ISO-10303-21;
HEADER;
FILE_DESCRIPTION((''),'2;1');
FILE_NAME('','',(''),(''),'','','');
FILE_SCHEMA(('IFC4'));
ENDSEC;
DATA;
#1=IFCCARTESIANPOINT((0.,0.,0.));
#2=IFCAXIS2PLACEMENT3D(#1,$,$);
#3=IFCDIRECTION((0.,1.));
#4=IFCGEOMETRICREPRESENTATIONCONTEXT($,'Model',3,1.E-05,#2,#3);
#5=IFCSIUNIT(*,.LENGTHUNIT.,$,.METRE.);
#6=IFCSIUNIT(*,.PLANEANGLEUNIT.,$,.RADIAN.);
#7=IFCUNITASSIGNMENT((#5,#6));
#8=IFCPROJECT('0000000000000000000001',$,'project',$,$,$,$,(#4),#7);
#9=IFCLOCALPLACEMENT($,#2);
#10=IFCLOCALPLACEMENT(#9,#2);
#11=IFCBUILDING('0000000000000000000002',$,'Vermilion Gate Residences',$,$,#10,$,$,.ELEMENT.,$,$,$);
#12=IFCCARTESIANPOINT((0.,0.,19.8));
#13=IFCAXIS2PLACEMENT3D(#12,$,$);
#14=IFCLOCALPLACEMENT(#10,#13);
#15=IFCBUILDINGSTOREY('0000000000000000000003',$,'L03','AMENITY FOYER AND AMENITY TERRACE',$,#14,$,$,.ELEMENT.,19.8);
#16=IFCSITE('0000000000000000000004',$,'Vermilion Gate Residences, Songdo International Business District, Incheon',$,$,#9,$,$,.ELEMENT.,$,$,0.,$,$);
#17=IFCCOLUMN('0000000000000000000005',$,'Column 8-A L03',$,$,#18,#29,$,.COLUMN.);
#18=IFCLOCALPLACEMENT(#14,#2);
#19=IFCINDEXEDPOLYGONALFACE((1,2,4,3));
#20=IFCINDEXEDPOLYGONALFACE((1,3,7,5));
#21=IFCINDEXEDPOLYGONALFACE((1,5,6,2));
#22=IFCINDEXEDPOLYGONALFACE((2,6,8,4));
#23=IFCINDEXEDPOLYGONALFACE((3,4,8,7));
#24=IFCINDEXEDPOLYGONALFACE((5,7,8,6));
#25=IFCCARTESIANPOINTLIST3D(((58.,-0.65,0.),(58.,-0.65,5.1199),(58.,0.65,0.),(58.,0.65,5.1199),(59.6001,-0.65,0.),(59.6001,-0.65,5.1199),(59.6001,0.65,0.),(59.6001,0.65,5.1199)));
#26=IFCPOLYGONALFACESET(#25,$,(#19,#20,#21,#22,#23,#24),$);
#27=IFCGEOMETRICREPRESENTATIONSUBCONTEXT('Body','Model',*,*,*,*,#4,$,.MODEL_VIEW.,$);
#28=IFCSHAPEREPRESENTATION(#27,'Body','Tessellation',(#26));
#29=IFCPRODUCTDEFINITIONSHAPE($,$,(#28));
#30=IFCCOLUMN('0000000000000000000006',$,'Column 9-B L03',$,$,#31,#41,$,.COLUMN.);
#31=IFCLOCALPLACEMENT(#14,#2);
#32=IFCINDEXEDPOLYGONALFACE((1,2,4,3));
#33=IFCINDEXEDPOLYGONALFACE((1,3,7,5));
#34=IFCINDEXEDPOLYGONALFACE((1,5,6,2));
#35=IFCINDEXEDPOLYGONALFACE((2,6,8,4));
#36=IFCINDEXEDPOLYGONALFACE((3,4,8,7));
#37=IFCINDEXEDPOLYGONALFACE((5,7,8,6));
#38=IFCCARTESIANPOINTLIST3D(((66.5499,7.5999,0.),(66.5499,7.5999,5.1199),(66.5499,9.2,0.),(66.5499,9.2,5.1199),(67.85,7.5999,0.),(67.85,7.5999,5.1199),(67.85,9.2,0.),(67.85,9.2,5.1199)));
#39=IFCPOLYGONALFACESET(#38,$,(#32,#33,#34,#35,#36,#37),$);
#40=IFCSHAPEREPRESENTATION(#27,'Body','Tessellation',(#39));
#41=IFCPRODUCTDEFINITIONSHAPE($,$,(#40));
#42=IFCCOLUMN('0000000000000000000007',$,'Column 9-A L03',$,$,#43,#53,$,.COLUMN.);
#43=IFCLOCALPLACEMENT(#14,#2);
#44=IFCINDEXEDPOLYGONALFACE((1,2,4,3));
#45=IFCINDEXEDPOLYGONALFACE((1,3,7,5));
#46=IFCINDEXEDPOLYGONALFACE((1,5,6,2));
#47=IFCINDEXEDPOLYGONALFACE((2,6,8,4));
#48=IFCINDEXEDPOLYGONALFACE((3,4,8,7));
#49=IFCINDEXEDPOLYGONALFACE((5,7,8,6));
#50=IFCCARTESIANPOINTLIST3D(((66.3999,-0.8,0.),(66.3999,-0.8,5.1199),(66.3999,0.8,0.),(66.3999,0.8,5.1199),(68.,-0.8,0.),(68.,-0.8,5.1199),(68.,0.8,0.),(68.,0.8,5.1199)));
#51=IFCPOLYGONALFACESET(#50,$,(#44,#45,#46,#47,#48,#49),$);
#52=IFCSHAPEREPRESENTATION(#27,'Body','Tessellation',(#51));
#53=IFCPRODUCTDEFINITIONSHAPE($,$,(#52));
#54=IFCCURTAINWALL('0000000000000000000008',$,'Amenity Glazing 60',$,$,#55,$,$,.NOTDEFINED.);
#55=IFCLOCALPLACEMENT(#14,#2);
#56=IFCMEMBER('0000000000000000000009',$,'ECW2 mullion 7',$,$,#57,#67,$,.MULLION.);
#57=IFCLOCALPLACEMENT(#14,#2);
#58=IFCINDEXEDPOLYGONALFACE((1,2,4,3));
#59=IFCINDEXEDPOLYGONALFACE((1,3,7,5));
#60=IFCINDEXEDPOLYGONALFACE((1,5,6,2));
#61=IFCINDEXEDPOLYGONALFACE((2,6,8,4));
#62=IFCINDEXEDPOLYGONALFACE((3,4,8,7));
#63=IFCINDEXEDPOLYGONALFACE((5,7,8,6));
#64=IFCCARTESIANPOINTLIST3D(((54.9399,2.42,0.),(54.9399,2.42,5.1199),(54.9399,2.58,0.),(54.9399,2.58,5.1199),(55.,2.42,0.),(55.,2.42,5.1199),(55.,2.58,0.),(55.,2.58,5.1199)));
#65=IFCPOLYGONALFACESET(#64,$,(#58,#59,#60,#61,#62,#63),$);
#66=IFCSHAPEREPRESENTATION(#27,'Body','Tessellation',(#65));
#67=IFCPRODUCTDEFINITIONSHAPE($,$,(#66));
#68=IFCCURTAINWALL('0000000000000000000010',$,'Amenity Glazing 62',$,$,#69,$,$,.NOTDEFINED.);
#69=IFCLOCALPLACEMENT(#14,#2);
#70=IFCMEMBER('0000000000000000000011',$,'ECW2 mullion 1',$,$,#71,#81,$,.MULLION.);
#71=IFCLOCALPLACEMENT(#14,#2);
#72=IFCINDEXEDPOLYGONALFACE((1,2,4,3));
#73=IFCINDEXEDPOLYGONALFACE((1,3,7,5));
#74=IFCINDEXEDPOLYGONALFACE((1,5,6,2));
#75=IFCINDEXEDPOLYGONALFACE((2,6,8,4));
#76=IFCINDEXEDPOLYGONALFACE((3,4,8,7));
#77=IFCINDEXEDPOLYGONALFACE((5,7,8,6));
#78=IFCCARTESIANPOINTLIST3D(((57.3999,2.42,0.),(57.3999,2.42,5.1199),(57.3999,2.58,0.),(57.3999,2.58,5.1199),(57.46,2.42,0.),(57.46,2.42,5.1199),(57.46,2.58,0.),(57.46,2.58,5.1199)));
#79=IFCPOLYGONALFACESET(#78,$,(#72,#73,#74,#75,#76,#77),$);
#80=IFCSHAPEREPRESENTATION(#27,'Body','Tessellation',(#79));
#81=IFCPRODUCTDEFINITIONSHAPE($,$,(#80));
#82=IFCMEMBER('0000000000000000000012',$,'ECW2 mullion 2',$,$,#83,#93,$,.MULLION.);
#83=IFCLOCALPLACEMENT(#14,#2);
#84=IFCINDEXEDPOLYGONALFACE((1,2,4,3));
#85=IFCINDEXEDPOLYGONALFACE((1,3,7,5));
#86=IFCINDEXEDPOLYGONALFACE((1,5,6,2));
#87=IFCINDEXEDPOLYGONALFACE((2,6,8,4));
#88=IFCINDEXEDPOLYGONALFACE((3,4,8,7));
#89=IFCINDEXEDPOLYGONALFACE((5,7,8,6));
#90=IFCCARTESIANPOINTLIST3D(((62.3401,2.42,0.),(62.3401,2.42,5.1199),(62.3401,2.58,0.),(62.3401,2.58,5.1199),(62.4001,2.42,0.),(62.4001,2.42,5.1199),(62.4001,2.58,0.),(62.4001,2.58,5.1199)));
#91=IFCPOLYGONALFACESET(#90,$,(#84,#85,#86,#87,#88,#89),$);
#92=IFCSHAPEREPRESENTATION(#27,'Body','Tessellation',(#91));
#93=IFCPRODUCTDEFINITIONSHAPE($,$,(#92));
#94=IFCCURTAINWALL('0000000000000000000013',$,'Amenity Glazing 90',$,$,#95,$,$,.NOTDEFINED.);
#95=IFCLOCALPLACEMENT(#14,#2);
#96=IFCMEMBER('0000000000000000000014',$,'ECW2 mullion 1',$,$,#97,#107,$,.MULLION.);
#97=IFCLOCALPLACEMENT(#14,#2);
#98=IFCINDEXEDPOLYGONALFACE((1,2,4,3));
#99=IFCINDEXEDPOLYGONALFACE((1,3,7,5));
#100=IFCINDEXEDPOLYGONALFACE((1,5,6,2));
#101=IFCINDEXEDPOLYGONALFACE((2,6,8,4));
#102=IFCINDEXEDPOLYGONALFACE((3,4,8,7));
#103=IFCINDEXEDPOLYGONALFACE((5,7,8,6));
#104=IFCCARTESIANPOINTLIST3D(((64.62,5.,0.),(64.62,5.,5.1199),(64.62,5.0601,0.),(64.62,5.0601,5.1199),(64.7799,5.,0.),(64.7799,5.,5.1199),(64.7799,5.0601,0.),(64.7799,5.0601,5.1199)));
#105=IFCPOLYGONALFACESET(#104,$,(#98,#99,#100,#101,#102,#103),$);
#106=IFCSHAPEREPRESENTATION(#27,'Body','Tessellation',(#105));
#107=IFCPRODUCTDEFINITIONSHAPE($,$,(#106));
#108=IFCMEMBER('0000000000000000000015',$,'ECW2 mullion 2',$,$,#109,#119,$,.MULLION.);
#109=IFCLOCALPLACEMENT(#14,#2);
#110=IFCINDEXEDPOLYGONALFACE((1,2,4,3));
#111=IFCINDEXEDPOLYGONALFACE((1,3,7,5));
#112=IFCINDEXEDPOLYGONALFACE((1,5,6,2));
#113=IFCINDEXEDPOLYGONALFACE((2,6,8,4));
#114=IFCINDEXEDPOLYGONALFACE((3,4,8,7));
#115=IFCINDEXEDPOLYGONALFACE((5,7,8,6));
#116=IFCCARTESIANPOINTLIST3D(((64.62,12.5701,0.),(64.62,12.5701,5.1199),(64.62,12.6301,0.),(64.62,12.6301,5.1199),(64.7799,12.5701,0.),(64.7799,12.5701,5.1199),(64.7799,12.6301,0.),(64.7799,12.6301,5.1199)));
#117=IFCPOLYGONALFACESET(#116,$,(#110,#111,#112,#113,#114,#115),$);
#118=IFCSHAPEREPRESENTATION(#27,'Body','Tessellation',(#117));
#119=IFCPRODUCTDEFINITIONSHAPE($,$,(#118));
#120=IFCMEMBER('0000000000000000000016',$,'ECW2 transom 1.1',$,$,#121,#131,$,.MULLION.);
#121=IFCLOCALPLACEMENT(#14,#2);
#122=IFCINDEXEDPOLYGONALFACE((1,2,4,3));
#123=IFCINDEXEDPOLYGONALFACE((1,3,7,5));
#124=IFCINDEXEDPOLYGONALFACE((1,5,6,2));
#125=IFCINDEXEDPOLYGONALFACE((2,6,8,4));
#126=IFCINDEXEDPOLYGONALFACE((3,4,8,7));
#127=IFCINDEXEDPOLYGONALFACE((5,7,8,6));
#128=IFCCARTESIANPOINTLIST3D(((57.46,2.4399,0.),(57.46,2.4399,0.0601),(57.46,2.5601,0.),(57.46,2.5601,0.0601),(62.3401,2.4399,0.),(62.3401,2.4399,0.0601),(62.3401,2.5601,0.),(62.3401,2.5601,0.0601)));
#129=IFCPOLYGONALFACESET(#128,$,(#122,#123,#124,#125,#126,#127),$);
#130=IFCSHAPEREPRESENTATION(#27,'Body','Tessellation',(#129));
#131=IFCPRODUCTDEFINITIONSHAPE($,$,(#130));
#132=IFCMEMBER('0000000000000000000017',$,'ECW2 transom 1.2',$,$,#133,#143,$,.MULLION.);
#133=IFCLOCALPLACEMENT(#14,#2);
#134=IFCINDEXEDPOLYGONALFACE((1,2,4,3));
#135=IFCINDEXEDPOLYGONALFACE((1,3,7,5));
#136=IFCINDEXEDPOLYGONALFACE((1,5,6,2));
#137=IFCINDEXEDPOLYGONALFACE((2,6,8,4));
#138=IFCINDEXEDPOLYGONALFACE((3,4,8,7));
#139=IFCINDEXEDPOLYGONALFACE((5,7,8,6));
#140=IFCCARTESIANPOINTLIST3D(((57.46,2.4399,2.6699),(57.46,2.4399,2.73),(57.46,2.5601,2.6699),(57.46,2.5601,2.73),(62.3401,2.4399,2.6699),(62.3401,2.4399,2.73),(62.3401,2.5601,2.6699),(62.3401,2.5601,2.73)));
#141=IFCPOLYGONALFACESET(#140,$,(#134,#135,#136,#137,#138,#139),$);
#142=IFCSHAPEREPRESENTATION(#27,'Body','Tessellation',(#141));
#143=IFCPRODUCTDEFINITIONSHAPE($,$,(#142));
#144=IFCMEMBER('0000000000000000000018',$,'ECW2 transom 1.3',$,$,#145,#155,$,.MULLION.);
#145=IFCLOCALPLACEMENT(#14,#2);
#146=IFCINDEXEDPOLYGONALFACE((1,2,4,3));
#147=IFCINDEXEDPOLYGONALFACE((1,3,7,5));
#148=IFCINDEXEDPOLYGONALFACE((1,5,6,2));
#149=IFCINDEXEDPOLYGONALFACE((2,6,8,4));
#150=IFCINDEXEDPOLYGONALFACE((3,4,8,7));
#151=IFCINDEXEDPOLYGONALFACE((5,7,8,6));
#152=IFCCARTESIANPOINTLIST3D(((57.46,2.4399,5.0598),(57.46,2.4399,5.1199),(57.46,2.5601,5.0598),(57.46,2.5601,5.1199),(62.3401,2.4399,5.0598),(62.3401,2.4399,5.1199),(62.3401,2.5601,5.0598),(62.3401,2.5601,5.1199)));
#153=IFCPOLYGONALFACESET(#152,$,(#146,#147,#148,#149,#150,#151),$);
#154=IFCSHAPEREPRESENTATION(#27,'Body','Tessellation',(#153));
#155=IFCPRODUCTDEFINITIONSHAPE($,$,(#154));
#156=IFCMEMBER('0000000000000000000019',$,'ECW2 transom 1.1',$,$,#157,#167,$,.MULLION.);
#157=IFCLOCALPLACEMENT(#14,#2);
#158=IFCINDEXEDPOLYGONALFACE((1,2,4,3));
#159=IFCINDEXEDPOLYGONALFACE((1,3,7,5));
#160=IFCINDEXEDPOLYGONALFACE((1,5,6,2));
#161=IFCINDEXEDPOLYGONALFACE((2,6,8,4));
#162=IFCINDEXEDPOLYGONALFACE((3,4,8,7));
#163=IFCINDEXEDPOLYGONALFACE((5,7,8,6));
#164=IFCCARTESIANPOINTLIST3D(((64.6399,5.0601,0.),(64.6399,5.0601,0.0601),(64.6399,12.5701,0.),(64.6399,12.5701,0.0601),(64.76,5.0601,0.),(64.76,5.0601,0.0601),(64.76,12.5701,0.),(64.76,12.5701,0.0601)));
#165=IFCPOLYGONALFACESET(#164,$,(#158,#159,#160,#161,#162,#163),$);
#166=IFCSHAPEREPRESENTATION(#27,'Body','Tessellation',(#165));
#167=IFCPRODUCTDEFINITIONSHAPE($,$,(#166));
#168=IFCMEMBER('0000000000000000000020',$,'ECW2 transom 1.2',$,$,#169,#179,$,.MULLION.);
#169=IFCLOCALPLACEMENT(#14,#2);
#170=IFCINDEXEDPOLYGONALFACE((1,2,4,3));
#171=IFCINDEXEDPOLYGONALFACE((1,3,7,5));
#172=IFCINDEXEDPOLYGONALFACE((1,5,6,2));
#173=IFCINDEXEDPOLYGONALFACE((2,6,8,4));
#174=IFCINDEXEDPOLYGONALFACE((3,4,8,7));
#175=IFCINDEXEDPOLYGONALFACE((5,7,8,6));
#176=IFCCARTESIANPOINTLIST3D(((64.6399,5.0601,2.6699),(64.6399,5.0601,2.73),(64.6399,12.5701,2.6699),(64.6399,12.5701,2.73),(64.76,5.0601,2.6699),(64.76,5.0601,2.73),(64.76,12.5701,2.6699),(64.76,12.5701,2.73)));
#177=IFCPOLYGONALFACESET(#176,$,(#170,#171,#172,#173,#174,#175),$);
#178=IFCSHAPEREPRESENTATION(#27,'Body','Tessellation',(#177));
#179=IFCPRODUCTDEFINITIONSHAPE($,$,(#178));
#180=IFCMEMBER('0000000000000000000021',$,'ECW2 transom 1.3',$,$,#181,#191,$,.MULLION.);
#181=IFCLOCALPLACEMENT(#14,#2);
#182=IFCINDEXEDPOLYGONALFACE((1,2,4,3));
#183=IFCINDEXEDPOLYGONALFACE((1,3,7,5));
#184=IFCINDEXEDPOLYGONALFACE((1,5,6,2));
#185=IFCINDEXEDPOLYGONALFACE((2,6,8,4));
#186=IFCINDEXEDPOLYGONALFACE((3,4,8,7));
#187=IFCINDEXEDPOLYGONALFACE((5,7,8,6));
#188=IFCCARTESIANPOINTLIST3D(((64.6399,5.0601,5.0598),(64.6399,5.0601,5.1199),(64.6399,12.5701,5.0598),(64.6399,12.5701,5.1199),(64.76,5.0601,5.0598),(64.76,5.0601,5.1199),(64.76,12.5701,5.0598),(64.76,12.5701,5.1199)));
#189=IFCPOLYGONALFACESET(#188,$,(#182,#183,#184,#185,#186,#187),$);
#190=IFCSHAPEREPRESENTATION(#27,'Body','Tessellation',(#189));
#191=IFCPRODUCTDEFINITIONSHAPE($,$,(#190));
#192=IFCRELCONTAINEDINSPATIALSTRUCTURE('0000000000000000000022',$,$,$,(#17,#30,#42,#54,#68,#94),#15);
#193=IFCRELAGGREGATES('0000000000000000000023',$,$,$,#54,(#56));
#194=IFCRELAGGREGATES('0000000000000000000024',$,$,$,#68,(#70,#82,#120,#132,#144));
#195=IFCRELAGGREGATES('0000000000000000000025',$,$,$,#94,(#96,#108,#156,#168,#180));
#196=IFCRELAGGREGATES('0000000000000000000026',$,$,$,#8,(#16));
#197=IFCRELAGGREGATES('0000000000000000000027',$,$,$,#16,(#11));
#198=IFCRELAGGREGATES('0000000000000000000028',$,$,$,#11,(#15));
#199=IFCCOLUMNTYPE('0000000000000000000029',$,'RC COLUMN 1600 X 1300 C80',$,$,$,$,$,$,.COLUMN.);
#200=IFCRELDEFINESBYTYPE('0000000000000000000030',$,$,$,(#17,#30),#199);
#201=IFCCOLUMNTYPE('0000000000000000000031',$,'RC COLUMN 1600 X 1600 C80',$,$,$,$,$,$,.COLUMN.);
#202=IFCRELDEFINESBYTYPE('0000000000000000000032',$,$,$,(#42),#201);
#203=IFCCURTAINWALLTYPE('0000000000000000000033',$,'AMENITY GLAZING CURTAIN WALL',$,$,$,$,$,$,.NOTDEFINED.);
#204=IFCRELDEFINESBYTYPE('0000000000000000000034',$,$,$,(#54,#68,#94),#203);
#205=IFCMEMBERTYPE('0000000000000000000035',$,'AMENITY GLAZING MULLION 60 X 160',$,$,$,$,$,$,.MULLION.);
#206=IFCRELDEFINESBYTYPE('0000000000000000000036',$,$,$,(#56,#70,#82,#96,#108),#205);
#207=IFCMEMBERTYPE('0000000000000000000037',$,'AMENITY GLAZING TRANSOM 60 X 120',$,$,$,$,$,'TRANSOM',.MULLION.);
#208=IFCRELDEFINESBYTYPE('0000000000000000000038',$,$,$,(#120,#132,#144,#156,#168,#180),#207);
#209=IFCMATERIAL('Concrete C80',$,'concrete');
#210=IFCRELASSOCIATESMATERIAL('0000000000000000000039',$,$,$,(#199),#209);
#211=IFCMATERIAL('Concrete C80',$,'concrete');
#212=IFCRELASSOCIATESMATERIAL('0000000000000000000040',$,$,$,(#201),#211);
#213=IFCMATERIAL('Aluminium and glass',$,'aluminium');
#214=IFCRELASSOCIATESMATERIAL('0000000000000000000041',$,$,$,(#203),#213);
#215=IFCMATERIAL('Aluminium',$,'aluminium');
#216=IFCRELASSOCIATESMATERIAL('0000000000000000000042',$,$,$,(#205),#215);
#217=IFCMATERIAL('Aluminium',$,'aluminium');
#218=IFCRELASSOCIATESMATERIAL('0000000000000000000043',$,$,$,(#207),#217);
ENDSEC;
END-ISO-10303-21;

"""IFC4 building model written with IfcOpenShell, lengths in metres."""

from ifc_helpers import new_model, si_unit, direction, frame, origin, origin_2d, place, context, subcontext, project, spatial, rectangle, extrude, material, material_profile, profile_set, type_object, element, aggregate, save


model = new_model("IFC4")

# Units and contexts
model_context = context("Model", 3, precision=1e-05, world=origin(), true_north=direction((0.0, 1.0)))
body_context = subcontext(model_context, "Body", "Model", "MODEL_VIEW")
ifc_project = project(units=[si_unit("LENGTHUNIT", "METRE"), si_unit("PLANEANGLEUNIT", "RADIAN")], contexts=[model_context])

# Site, building, storey
site_placement = place(None, origin())
site = spatial("IfcSite", under=ifc_project, at=site_placement, Name="Vermilion Gate Residences, Songdo International Business District, Incheon", CompositionType="ELEMENT", RefElevation=0.0)
building_placement = place(site_placement, origin())
building = spatial("IfcBuilding", under=site, at=building_placement, Name="Vermilion Gate Residences", CompositionType="ELEMENT")
storey_placement = place(building_placement, frame((0.0, 0.0, 19.8)))
storey = spatial("IfcBuildingStorey", under=building, at=storey_placement, Name="L03", Description="AMENITY FOYER AND AMENITY TERRACE", CompositionType="ELEMENT", Elevation=19.8)

# Columns
ifc_material_1 = material(Name="Concrete C80", Category="concrete")
ifc_material_profile_1 = material_profile(ifc_material_1, rectangle(XDim=1.6001, YDim=1.3, at=origin_2d()), Name="RC-1600x1300")
ifc_profile_set_1 = profile_set([ifc_material_profile_1], Name="Concrete C80")
column_type_1 = type_object("IfcColumnType", Name="RC COLUMN 1600 X 1300 C80", PredefinedType="COLUMN", material=ifc_profile_set_1)
for number, where, z_axis, x_axis, name in (
    (1, (58.8, 0.0, 0.0), (0.0, 0.0, 1.0), (1.0, 0.0, 0.0), "Column 8-A L03"),
    (2, (67.2, 8.3999, 0.0), (0.0, 0.0, 1.0), (0.0, 1.0, 0.0), "Column 9-B L03"),
):
    element("IfcColumn", number, at=place(storey_placement, frame(where, z_axis=z_axis, x_axis=x_axis)), inside=storey, type_object=column_type_1, Name=name, PredefinedType="COLUMN", context=body_context, shape_type="SweptSolid", body=[
        extrude(rectangle(XDim=1.6001, YDim=1.3, at=origin_2d()), origin(), (0.0, 0.0, 1.0), 5.1199),
    ])
ifc_material_2 = material(Name="Concrete C80", Category="concrete")
ifc_material_profile_2 = material_profile(ifc_material_2, rectangle(XDim=1.6001, YDim=1.6001, at=origin_2d()), Name="RC-1600x1600")
ifc_profile_set_2 = profile_set([ifc_material_profile_2], Name="Concrete C80")
column_type_2 = type_object("IfcColumnType", Name="RC COLUMN 1600 X 1600 C80", PredefinedType="COLUMN", material=ifc_profile_set_2)
column_placement = place(storey_placement, frame((67.2, 0.0, 0.0), z_axis=(0.0, 0.0, 1.0), x_axis=(1.0, 0.0, 0.0)))
element("IfcColumn", 3, at=column_placement, inside=storey, type_object=column_type_2, Name="Column 9-A L03", PredefinedType="COLUMN", context=body_context, shape_type="SweptSolid", body=[
    extrude(rectangle(XDim=1.6001, YDim=1.6001, at=origin_2d()), origin(), (0.0, 0.0, 1.0), 5.1199),
])

# Curtain wall, member
ifc_material_3 = material(Name="Aluminium and glass", Category="aluminium")
curtain_wall_type = type_object("IfcCurtainWallType", Name="AMENITY GLAZING CURTAIN WALL", PredefinedType="NOTDEFINED", material=ifc_material_3)
curtain_wall_1_placement = place(storey_placement, origin())
curtain_wall_1 = element("IfcCurtainWall", 4, at=curtain_wall_1_placement, inside=storey, type_object=curtain_wall_type, Name="Amenity Glazing 60", PredefinedType="NOTDEFINED")
ifc_material_4 = material(Name="Aluminium", Category="aluminium")
ifc_material_profile_3 = material_profile(ifc_material_4, rectangle(XDim=0.1599, YDim=0.0601, at=origin_2d()), Name="MULLION 60 X 160")
ifc_profile_set_3 = profile_set([ifc_material_profile_3], Name="Aluminium")
member_type_1 = type_object("IfcMemberType", Name="AMENITY GLAZING MULLION 60 X 160", PredefinedType="MULLION", material=ifc_profile_set_3)
member_1_placement = place(storey_placement, frame((54.97, 2.5, 0.0), z_axis=(0.0, 0.0, 1.0), x_axis=(0.0, 1.0, 0.0)))
member_1 = element("IfcMember", 5, at=member_1_placement, type_object=member_type_1, Name="ECW2 mullion 7", PredefinedType="MULLION", context=body_context, shape_type="SweptSolid", body=[
    extrude(rectangle(XDim=0.1599, YDim=0.0601, at=origin_2d()), origin(), (0.0, 0.0, 1.0), 5.1199),
])

# Curtain walls, members
curtain_wall_2_placement = place(storey_placement, origin())
curtain_wall_2 = element("IfcCurtainWall", 6, at=curtain_wall_2_placement, inside=storey, type_object=curtain_wall_type, Name="Amenity Glazing 62", PredefinedType="NOTDEFINED")
member_2_placement = place(storey_placement, frame((57.4299, 2.5, 0.0), z_axis=(0.0, 0.0, 1.0), x_axis=(0.0, 1.0, 0.0)))
member_2 = element("IfcMember", 7, at=member_2_placement, type_object=member_type_1, Name="ECW2 mullion 1", PredefinedType="MULLION", context=body_context, shape_type="SweptSolid", body=[
    extrude(rectangle(XDim=0.1599, YDim=0.0601, at=origin_2d()), origin(), (0.0, 0.0, 1.0), 5.1199),
])
member_3_placement = place(storey_placement, frame((62.3701, 2.5, 0.0), z_axis=(0.0, 0.0, 1.0), x_axis=(0.0, 1.0, 0.0)))
member_3 = element("IfcMember", 8, at=member_3_placement, type_object=member_type_1, Name="ECW2 mullion 2", PredefinedType="MULLION", context=body_context, shape_type="SweptSolid", body=[
    extrude(rectangle(XDim=0.1599, YDim=0.0601, at=origin_2d()), origin(), (0.0, 0.0, 1.0), 5.1199),
])
curtain_wall_3_placement = place(storey_placement, origin())
curtain_wall_3 = element("IfcCurtainWall", 9, at=curtain_wall_3_placement, inside=storey, type_object=curtain_wall_type, Name="Amenity Glazing 90", PredefinedType="NOTDEFINED")
member_4_placement = place(storey_placement, frame((64.7, 5.03, 0.0), z_axis=(0.0, 0.0, 1.0), x_axis=(-1.0, 0.0, 0.0)))
member_4 = element("IfcMember", 10, at=member_4_placement, type_object=member_type_1, Name="ECW2 mullion 1", PredefinedType="MULLION", context=body_context, shape_type="SweptSolid", body=[
    extrude(rectangle(XDim=0.1599, YDim=0.0601, at=origin_2d()), origin(), (0.0, 0.0, 1.0), 5.1199),
])
member_5_placement = place(storey_placement, frame((64.7, 12.6001, 0.0), z_axis=(0.0, 0.0, 1.0), x_axis=(-1.0, 0.0, 0.0)))
member_5 = element("IfcMember", 11, at=member_5_placement, type_object=member_type_1, Name="ECW2 mullion 2", PredefinedType="MULLION", context=body_context, shape_type="SweptSolid", body=[
    extrude(rectangle(XDim=0.1599, YDim=0.0601, at=origin_2d()), origin(), (0.0, 0.0, 1.0), 5.1199),
])

# Members
ifc_material_5 = material(Name="Aluminium", Category="aluminium")
ifc_material_profile_4 = material_profile(ifc_material_5, rectangle(XDim=0.1201, YDim=0.0601, at=origin_2d()), Name="TRANSOM 60 X 120")
ifc_profile_set_4 = profile_set([ifc_material_profile_4], Name="Aluminium")
member_type_2 = type_object("IfcMemberType", Name="AMENITY GLAZING TRANSOM 60 X 120", ElementType="TRANSOM", PredefinedType="MULLION", material=ifc_profile_set_4)
member_6_placement = place(storey_placement, frame((57.46, 2.5, 0.03), z_axis=(1.0, 0.0, 0.0), x_axis=(0.0, 1.0, 0.0)))
member_6 = element("IfcMember", 12, at=member_6_placement, type_object=member_type_2, Name="ECW2 transom 1.1", PredefinedType="MULLION", context=body_context, shape_type="SweptSolid", body=[
    extrude(rectangle(XDim=0.1201, YDim=0.0601, at=origin_2d()), origin(), (0.0, 0.0, 1.0), 4.8801),
])
member_7_placement = place(storey_placement, frame((57.46, 2.5, 2.7), z_axis=(1.0, 0.0, 0.0), x_axis=(0.0, 1.0, 0.0)))
member_7 = element("IfcMember", 13, at=member_7_placement, type_object=member_type_2, Name="ECW2 transom 1.2", PredefinedType="MULLION", context=body_context, shape_type="SweptSolid", body=[
    extrude(rectangle(XDim=0.1201, YDim=0.0601, at=origin_2d()), origin(), (0.0, 0.0, 1.0), 4.8801),
])
member_8_placement = place(storey_placement, frame((57.46, 2.5, 5.0898), z_axis=(1.0, 0.0, 0.0), x_axis=(0.0, 1.0, 0.0)))
member_8 = element("IfcMember", 14, at=member_8_placement, type_object=member_type_2, Name="ECW2 transom 1.3", PredefinedType="MULLION", context=body_context, shape_type="SweptSolid", body=[
    extrude(rectangle(XDim=0.1201, YDim=0.0601, at=origin_2d()), origin(), (0.0, 0.0, 1.0), 4.8801),
])
member_9_placement = place(storey_placement, frame((64.7, 5.0601, 0.03), z_axis=(0.0, 1.0, 0.0), x_axis=(-1.0, 0.0, 0.0)))
member_9 = element("IfcMember", 15, at=member_9_placement, type_object=member_type_2, Name="ECW2 transom 1.1", PredefinedType="MULLION", context=body_context, shape_type="SweptSolid", body=[
    extrude(rectangle(XDim=0.1201, YDim=0.0601, at=origin_2d()), origin(), (0.0, 0.0, 1.0), 7.51),
])
member_10_placement = place(storey_placement, frame((64.7, 5.0601, 2.7), z_axis=(0.0, 1.0, 0.0), x_axis=(-1.0, 0.0, 0.0)))
member_10 = element("IfcMember", 16, at=member_10_placement, type_object=member_type_2, Name="ECW2 transom 1.2", PredefinedType="MULLION", context=body_context, shape_type="SweptSolid", body=[
    extrude(rectangle(XDim=0.1201, YDim=0.0601, at=origin_2d()), origin(), (0.0, 0.0, 1.0), 7.51),
])
member_11_placement = place(storey_placement, frame((64.7, 5.0601, 5.0898), z_axis=(0.0, 1.0, 0.0), x_axis=(-1.0, 0.0, 0.0)))
member_11 = element("IfcMember", 17, at=member_11_placement, type_object=member_type_2, Name="ECW2 transom 1.3", PredefinedType="MULLION", context=body_context, shape_type="SweptSolid", body=[
    extrude(rectangle(XDim=0.1201, YDim=0.0601, at=origin_2d()), origin(), (0.0, 0.0, 1.0), 7.51),
])

aggregate(curtain_wall_1, [member_1])
aggregate(curtain_wall_2, [member_2, member_3, member_6, member_7, member_8])
aggregate(curtain_wall_3, [member_4, member_5, member_9, member_10, member_11])

save(model, "model.ifc")
